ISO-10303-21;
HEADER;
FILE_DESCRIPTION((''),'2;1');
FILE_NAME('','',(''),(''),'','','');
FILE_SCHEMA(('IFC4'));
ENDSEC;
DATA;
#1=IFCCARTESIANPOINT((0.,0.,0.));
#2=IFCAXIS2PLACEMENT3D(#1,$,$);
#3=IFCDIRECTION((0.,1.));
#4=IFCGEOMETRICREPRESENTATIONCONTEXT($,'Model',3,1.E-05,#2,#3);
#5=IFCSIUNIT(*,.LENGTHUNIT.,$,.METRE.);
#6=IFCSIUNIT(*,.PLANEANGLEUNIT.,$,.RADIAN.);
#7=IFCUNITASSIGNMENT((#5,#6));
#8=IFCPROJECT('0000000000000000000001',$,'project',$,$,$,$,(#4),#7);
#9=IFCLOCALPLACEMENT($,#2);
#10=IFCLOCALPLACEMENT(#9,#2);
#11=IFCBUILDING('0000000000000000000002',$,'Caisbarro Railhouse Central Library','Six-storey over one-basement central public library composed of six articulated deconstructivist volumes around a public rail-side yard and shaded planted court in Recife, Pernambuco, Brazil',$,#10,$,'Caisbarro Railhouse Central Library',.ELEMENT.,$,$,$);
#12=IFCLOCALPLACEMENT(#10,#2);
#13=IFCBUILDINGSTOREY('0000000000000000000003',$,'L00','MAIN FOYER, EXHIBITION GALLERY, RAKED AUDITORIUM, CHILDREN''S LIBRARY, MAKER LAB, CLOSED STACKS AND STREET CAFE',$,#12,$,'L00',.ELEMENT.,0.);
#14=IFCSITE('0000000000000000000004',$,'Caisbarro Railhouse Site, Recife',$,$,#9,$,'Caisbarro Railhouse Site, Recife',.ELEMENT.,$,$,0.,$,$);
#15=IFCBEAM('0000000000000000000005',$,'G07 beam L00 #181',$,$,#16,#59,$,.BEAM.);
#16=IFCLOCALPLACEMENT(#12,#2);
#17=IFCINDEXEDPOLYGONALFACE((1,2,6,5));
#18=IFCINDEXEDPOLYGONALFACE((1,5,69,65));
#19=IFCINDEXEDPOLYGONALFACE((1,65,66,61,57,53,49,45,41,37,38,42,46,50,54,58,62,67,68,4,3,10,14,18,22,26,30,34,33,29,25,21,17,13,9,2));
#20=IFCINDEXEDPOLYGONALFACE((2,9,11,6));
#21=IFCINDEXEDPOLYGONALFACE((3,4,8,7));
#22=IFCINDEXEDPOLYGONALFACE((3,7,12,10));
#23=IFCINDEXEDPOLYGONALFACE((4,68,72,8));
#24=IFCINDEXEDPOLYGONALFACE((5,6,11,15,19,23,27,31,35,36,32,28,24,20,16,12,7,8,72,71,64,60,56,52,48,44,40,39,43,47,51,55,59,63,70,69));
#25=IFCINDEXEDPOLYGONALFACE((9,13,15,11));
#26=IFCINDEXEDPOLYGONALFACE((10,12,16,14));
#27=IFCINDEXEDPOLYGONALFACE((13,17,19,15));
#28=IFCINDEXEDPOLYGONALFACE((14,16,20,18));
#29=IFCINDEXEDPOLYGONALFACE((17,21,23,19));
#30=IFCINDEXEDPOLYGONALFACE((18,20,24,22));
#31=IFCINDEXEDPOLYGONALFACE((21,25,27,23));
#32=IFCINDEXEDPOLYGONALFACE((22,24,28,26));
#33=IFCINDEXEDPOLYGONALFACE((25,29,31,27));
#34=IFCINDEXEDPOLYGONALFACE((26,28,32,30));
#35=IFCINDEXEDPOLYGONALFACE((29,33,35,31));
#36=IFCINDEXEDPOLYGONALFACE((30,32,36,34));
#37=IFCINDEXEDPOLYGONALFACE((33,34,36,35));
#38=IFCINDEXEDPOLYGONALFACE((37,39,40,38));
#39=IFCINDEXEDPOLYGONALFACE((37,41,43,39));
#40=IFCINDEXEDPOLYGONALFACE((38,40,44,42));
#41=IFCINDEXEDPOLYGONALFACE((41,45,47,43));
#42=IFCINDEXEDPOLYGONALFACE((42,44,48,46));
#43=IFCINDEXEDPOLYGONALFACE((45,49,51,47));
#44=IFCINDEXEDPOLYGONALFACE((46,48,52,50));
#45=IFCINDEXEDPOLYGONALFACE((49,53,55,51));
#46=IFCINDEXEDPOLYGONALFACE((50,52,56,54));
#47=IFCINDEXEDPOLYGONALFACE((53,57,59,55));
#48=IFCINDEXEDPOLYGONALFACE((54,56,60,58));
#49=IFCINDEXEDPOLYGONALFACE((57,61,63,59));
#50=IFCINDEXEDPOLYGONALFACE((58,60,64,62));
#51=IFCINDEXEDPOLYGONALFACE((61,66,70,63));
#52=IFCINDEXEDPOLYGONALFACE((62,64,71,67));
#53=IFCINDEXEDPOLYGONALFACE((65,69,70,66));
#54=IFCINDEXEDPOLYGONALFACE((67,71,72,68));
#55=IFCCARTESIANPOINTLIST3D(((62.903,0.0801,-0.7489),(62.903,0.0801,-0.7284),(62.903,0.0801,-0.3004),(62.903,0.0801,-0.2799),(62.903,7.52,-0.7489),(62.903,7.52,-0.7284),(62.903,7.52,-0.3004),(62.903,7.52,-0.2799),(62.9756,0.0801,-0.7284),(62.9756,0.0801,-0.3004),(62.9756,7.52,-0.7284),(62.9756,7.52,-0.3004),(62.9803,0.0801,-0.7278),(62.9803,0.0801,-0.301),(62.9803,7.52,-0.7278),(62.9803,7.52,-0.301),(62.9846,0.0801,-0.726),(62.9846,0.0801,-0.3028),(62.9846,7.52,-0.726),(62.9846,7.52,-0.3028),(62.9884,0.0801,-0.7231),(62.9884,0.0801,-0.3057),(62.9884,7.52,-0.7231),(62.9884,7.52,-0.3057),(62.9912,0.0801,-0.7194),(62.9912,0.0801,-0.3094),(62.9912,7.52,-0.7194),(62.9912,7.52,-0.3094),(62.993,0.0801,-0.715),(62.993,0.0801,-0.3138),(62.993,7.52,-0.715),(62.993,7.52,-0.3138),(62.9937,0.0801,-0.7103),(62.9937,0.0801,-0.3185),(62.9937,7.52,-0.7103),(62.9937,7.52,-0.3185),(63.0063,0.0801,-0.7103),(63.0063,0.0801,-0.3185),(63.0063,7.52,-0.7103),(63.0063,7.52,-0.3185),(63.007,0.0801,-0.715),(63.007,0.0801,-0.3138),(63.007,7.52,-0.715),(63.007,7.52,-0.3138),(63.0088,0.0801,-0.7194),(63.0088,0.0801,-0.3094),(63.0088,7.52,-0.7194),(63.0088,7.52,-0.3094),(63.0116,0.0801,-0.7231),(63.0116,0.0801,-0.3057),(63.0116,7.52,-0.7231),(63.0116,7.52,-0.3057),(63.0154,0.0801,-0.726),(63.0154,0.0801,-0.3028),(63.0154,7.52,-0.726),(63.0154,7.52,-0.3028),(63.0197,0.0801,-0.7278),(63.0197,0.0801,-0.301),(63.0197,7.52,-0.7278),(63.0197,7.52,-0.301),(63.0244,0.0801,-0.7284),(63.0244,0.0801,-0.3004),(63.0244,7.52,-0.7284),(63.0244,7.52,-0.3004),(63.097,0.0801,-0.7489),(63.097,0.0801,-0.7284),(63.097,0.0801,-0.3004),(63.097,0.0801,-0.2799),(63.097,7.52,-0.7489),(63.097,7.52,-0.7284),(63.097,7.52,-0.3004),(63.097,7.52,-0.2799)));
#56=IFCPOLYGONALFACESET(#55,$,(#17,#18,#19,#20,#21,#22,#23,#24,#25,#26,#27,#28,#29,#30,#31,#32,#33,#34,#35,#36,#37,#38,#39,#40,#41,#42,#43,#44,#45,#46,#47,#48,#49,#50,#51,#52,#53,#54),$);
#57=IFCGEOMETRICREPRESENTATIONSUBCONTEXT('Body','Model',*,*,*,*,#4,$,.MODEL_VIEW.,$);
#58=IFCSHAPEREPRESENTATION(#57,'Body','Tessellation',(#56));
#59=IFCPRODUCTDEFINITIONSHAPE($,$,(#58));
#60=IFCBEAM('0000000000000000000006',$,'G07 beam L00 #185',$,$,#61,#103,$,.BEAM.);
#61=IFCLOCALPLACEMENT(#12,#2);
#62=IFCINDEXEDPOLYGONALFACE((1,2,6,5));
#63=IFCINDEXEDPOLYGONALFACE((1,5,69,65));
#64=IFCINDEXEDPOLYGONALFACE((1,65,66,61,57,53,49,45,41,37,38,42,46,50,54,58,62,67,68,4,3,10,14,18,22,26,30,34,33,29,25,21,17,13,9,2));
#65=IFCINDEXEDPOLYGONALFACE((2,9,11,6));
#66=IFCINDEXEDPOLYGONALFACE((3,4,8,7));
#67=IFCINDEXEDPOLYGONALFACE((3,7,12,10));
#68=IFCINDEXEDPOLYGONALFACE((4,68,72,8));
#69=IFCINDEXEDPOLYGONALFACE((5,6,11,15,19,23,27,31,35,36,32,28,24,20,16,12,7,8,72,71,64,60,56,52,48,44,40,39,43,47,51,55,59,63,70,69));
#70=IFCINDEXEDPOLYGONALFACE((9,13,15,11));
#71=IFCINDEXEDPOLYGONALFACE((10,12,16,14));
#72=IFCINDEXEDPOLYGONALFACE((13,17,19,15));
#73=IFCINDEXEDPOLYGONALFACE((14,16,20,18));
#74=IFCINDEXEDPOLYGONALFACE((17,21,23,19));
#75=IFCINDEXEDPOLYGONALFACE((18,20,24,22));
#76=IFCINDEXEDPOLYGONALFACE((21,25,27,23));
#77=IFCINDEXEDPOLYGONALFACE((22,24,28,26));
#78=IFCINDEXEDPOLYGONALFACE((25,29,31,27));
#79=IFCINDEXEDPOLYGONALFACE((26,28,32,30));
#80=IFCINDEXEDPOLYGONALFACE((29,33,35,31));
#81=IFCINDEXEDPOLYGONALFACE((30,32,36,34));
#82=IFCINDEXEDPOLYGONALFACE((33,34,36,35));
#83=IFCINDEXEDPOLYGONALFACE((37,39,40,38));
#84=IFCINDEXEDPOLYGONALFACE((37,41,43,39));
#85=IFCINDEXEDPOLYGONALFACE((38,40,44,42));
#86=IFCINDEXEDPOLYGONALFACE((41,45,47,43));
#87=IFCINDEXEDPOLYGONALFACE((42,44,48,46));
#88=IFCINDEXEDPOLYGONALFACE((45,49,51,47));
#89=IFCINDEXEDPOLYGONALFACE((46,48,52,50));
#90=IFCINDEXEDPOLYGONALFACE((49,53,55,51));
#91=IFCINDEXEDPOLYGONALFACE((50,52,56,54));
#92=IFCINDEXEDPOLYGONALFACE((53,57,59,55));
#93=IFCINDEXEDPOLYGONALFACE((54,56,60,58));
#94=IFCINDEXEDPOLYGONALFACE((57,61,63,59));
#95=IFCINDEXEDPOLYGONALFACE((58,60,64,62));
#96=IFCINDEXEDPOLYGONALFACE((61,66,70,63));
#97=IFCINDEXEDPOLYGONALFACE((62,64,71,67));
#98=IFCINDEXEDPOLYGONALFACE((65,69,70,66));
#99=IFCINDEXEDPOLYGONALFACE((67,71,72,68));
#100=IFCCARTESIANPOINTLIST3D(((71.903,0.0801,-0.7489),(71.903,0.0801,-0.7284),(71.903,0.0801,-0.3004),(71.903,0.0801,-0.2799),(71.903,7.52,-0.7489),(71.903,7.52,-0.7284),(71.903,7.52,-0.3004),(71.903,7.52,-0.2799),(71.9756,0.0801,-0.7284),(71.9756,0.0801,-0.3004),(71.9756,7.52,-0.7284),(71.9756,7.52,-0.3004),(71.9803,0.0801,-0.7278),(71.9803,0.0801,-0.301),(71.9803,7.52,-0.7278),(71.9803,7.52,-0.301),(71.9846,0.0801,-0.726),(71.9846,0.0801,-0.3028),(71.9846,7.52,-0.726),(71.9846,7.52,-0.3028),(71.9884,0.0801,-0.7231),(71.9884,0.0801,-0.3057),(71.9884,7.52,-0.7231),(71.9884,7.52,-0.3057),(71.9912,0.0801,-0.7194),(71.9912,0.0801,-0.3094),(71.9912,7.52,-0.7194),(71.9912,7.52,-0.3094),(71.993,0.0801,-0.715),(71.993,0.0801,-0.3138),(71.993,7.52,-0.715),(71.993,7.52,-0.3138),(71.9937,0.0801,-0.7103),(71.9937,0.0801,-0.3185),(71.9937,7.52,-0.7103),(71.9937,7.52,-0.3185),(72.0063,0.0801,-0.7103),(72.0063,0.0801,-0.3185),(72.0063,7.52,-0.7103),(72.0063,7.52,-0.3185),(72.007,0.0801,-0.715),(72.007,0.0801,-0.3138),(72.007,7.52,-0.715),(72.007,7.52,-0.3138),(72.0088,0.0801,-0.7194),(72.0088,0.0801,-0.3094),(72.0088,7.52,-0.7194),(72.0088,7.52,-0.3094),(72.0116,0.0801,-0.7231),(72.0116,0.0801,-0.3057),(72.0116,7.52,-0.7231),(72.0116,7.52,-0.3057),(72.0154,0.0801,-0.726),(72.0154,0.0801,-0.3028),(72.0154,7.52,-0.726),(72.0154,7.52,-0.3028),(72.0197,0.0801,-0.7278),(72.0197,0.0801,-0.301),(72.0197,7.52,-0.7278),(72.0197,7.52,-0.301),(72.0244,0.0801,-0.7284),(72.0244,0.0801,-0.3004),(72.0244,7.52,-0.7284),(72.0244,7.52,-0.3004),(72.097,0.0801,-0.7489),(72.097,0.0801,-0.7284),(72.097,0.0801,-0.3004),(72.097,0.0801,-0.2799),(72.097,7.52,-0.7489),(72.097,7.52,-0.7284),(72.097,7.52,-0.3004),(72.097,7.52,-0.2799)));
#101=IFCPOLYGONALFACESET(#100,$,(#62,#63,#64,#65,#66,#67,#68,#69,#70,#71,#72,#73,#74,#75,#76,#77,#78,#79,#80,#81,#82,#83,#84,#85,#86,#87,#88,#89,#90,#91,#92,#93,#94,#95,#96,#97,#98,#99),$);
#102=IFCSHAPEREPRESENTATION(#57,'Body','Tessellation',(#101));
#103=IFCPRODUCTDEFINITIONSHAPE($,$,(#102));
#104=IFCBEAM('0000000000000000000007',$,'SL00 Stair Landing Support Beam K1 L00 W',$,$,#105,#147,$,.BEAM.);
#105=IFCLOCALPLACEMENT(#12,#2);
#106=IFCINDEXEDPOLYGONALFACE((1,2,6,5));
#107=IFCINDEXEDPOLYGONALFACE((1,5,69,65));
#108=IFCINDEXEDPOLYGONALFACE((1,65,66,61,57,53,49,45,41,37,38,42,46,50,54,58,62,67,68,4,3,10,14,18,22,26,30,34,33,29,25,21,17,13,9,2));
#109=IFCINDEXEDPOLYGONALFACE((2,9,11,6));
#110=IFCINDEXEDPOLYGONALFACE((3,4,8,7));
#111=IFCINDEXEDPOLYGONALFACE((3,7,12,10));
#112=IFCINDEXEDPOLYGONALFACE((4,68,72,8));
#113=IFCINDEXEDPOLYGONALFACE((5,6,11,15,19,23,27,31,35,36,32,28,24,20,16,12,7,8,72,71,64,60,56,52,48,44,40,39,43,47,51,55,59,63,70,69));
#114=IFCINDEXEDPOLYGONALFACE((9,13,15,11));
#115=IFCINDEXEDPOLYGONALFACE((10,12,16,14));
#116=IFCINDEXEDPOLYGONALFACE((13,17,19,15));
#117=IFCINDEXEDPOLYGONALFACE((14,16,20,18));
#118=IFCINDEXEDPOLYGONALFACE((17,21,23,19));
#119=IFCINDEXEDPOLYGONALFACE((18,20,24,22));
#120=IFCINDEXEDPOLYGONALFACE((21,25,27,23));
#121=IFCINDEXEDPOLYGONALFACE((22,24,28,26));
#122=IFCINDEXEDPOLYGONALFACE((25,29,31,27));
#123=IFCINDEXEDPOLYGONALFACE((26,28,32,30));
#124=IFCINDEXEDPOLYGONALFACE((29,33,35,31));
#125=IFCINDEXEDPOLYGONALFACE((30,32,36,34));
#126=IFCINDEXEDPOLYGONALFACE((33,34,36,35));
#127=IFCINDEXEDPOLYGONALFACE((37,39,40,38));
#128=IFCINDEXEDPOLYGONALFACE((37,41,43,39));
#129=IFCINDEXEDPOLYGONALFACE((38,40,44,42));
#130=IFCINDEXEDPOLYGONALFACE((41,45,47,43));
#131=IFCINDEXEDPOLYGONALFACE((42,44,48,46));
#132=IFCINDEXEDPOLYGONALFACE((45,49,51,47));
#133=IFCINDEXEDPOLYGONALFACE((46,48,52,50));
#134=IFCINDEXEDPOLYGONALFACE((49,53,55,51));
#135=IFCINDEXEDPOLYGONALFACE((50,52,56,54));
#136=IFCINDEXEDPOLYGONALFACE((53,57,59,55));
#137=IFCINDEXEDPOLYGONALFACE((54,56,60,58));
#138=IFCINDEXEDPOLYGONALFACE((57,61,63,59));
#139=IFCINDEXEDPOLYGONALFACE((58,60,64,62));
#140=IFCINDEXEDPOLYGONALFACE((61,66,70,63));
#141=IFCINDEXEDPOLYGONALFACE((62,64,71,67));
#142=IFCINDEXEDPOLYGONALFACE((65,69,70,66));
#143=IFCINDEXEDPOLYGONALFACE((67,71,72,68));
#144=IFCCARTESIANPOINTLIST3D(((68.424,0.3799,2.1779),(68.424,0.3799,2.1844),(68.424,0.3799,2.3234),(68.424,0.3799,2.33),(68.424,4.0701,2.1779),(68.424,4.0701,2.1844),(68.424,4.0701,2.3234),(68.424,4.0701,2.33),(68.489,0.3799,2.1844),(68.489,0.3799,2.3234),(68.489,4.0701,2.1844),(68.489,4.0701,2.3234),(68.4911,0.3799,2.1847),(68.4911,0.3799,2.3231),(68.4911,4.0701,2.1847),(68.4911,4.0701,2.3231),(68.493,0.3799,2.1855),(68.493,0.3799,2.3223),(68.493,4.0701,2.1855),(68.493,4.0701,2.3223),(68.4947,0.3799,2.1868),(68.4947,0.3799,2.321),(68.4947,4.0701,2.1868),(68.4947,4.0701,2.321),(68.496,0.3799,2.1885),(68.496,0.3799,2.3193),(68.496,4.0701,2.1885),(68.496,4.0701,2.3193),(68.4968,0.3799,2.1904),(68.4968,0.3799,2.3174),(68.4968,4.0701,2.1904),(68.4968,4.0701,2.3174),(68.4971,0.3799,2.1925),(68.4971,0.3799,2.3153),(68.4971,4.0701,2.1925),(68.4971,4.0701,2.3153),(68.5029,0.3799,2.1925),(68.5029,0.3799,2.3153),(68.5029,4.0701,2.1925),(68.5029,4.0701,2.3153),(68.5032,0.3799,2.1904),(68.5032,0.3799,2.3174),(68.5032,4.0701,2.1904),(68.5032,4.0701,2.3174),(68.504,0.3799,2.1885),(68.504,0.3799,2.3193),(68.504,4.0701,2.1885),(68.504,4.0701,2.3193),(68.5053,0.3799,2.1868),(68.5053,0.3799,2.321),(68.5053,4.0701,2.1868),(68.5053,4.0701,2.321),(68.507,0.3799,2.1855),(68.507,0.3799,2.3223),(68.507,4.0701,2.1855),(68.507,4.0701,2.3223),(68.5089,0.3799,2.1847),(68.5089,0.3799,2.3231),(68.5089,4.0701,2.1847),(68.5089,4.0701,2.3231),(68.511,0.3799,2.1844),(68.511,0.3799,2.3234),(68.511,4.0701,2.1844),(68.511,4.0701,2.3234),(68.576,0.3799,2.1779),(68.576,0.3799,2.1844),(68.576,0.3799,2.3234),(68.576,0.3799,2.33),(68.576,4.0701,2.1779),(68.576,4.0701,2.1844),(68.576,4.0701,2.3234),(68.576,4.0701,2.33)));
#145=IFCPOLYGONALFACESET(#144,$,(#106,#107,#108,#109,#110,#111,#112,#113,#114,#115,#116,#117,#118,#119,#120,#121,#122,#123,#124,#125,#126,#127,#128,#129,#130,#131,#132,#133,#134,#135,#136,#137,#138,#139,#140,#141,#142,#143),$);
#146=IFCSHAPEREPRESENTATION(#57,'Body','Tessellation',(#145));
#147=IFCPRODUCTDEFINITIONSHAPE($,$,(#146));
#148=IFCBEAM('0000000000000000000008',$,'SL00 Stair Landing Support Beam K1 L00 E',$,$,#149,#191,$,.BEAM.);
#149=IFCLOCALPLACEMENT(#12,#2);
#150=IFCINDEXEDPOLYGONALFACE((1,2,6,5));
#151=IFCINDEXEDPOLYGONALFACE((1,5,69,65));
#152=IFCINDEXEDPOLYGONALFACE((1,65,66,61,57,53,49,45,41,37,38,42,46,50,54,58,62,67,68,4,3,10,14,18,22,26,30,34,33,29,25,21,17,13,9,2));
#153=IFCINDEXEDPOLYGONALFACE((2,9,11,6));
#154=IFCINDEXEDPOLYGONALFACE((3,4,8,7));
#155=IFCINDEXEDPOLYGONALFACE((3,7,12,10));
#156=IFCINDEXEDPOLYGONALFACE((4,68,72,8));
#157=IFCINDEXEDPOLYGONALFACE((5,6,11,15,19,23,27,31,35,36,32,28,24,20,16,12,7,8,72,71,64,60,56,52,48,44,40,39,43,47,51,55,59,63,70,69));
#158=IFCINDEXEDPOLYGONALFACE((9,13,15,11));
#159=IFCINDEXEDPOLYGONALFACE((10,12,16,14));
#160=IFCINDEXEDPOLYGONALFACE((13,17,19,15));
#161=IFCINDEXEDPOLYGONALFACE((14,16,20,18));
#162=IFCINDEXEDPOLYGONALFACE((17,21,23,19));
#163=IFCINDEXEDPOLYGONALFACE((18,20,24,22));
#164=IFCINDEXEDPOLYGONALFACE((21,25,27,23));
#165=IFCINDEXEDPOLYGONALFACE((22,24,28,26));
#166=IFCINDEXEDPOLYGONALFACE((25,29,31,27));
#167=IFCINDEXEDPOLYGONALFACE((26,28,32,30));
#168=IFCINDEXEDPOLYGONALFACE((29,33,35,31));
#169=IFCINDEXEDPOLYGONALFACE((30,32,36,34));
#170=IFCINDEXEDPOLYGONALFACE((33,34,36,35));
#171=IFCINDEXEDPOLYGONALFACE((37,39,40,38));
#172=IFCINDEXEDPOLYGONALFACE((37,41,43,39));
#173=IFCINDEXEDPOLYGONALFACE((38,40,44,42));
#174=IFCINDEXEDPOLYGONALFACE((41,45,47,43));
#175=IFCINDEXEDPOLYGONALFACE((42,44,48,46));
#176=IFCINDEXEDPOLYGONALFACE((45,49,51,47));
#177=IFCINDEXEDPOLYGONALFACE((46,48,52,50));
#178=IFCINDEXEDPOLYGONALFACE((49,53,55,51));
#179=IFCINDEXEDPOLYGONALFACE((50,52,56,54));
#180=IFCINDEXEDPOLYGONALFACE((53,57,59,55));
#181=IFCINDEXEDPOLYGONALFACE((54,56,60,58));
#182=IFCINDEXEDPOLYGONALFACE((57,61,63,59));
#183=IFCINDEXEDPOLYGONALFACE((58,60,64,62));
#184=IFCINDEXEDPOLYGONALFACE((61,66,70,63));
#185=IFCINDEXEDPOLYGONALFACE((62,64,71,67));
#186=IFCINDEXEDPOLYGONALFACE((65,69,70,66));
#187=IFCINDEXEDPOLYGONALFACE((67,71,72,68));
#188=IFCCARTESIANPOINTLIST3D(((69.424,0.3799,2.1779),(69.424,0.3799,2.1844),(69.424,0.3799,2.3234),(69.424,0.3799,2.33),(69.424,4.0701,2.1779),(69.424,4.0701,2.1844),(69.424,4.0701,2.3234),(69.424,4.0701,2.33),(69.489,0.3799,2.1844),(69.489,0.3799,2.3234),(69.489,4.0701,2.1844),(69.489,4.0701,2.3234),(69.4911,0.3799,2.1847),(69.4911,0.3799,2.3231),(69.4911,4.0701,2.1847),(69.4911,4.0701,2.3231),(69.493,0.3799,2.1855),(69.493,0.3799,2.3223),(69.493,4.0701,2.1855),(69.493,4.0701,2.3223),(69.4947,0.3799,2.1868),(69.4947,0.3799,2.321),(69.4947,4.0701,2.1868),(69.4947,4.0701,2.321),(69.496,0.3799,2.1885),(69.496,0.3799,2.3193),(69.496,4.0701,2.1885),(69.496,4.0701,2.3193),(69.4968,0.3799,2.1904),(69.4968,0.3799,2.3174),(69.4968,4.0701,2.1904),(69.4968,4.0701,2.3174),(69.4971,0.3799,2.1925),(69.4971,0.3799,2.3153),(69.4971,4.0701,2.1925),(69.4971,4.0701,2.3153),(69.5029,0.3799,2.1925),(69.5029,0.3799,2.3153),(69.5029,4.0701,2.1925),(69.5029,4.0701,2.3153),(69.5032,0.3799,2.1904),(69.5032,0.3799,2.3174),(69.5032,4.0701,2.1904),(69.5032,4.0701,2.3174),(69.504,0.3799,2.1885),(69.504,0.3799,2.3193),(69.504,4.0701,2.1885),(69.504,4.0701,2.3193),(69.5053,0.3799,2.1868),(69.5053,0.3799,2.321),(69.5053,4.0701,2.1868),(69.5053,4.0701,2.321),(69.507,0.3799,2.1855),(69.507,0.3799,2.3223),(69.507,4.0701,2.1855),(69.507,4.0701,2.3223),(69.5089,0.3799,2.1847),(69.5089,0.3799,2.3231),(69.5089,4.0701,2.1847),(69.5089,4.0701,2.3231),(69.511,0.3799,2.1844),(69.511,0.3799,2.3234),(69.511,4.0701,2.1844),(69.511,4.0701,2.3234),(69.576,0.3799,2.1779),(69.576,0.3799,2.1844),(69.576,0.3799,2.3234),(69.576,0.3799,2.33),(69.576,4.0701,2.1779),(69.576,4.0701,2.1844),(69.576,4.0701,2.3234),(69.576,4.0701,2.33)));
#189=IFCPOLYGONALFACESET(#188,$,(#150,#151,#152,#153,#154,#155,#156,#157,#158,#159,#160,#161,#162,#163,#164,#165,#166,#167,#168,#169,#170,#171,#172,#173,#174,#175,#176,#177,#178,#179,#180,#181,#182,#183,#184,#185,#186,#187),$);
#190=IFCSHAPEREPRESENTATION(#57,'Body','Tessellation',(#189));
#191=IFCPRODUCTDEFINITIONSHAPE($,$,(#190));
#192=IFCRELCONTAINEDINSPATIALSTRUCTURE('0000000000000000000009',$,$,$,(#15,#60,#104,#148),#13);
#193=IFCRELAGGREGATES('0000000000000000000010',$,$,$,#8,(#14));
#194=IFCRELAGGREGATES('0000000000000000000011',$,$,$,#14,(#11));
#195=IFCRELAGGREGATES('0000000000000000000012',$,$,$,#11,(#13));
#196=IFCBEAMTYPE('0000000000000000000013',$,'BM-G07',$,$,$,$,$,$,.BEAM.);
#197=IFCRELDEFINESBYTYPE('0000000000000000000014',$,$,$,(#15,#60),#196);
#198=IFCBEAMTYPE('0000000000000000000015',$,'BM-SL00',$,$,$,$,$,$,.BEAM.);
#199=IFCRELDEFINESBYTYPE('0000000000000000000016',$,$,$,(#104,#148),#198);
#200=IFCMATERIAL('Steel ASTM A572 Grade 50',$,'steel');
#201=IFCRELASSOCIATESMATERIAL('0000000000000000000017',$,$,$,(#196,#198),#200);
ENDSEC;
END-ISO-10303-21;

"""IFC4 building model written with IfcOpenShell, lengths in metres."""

from ifc_helpers import new_model, si_unit, direction, frame, origin, origin_2d, place, context, subcontext, project, spatial, i_section, extrude, material, material_profile, profile_set, type_object, element, save


model = new_model("IFC4")

# Units and contexts
model_context = context("Model", 3, precision=1e-05, world=origin(), true_north=direction((0.0, 1.0)))
body_context = subcontext(model_context, "Body", "Model", "MODEL_VIEW")
ifc_project = project(units=[si_unit("LENGTHUNIT", "METRE"), si_unit("PLANEANGLEUNIT", "RADIAN")], contexts=[model_context])

# Site, building, storey
site_placement = place(None, origin())
site = spatial("IfcSite", under=ifc_project, at=site_placement, Name="Caisbarro Railhouse Site, Recife", LongName="Caisbarro Railhouse Site, Recife", CompositionType="ELEMENT", RefElevation=0.0)
building_placement = place(site_placement, origin())
building = spatial("IfcBuilding", under=site, at=building_placement, Name="Caisbarro Railhouse Central Library", Description="Six-storey over one-basement central public library composed of six articulated deconstructivist volumes around a public rail-side yard and shaded planted court in Recife, Pernambuco, Brazil", LongName="Caisbarro Railhouse Central Library", CompositionType="ELEMENT")
storey_placement = place(building_placement, origin())
storey = spatial("IfcBuildingStorey", under=building, at=storey_placement, Name="L00", Description="MAIN FOYER, EXHIBITION GALLERY, RAKED AUDITORIUM, CHILDREN'S LIBRARY, MAKER LAB, CLOSED STACKS AND STREET CAFE", LongName="L00", CompositionType="ELEMENT", Elevation=0.0)

# Shared definitions
ifc_material_1 = material(Name="Steel ASTM A572 Grade 50", Category="steel")

# Beams
ifc_material_profile_1 = material_profile(ifc_material_1, i_section(OverallWidth=0.1941, OverallDepth=0.469, WebThickness=0.0127, FlangeThickness=0.0205, FilletRadius=0.0181, at=origin_2d()), Name="W460X106.0")
ifc_profile_set_1 = profile_set([ifc_material_profile_1], Name="Steel ASTM A572 Grade 50")
beam_type_1 = type_object("IfcBeamType", Name="BM-G07", PredefinedType="BEAM", material=ifc_profile_set_1)
for number, where, z_axis, x_axis, name in (
    (1, (63.0, 0.0801, -0.5144), (0.0, 1.0, 0.0), (-1.0, 0.0, 0.0), "G07 beam L00 #181"),
    (2, (72.0, 0.0801, -0.5144), (0.0, 1.0, 0.0), (-1.0, 0.0, 0.0), "G07 beam L00 #185"),
):
    element("IfcBeam", number, at=place(storey_placement, frame(where, z_axis=z_axis, x_axis=x_axis)), inside=storey, type_object=beam_type_1, Name=name, PredefinedType="BEAM", context=body_context, shape_type="SweptSolid", body=[
        extrude(i_section(OverallWidth=0.1941, OverallDepth=0.469, WebThickness=0.0127, FlangeThickness=0.0205, FilletRadius=0.0181, at=origin_2d()), origin(), (0.0, 0.0, 1.0), 7.4399),
    ])
ifc_material_profile_2 = material_profile(ifc_material_1, i_section(OverallWidth=0.1521, OverallDepth=0.1521, WebThickness=0.0059, FlangeThickness=0.0066, FilletRadius=0.0081, at=origin_2d()), Name="W150X22.5")
ifc_profile_set_2 = profile_set([ifc_material_profile_2], Name="Steel ASTM A572 Grade 50")
beam_type_2 = type_object("IfcBeamType", Name="BM-SL00", PredefinedType="BEAM", material=ifc_profile_set_2)
for number, where, z_axis, x_axis, name in (
    (3, (68.5, 0.3799, 2.2539), (0.0, 1.0, 0.0), (-1.0, 0.0, 0.0), "SL00 Stair Landing Support Beam K1 L00 W"),
    (4, (69.5, 0.3799, 2.2539), (0.0, 1.0, 0.0), (-1.0, 0.0, 0.0), "SL00 Stair Landing Support Beam K1 L00 E"),
):
    element("IfcBeam", number, at=place(storey_placement, frame(where, z_axis=z_axis, x_axis=x_axis)), inside=storey, type_object=beam_type_2, Name=name, PredefinedType="BEAM", context=body_context, shape_type="SweptSolid", body=[
        extrude(i_section(OverallWidth=0.1521, OverallDepth=0.1521, WebThickness=0.0059, FlangeThickness=0.0066, FilletRadius=0.0081, at=origin_2d()), origin(), (0.0, 0.0, 1.0), 3.6902),
    ])

save(model, "model.ifc")
